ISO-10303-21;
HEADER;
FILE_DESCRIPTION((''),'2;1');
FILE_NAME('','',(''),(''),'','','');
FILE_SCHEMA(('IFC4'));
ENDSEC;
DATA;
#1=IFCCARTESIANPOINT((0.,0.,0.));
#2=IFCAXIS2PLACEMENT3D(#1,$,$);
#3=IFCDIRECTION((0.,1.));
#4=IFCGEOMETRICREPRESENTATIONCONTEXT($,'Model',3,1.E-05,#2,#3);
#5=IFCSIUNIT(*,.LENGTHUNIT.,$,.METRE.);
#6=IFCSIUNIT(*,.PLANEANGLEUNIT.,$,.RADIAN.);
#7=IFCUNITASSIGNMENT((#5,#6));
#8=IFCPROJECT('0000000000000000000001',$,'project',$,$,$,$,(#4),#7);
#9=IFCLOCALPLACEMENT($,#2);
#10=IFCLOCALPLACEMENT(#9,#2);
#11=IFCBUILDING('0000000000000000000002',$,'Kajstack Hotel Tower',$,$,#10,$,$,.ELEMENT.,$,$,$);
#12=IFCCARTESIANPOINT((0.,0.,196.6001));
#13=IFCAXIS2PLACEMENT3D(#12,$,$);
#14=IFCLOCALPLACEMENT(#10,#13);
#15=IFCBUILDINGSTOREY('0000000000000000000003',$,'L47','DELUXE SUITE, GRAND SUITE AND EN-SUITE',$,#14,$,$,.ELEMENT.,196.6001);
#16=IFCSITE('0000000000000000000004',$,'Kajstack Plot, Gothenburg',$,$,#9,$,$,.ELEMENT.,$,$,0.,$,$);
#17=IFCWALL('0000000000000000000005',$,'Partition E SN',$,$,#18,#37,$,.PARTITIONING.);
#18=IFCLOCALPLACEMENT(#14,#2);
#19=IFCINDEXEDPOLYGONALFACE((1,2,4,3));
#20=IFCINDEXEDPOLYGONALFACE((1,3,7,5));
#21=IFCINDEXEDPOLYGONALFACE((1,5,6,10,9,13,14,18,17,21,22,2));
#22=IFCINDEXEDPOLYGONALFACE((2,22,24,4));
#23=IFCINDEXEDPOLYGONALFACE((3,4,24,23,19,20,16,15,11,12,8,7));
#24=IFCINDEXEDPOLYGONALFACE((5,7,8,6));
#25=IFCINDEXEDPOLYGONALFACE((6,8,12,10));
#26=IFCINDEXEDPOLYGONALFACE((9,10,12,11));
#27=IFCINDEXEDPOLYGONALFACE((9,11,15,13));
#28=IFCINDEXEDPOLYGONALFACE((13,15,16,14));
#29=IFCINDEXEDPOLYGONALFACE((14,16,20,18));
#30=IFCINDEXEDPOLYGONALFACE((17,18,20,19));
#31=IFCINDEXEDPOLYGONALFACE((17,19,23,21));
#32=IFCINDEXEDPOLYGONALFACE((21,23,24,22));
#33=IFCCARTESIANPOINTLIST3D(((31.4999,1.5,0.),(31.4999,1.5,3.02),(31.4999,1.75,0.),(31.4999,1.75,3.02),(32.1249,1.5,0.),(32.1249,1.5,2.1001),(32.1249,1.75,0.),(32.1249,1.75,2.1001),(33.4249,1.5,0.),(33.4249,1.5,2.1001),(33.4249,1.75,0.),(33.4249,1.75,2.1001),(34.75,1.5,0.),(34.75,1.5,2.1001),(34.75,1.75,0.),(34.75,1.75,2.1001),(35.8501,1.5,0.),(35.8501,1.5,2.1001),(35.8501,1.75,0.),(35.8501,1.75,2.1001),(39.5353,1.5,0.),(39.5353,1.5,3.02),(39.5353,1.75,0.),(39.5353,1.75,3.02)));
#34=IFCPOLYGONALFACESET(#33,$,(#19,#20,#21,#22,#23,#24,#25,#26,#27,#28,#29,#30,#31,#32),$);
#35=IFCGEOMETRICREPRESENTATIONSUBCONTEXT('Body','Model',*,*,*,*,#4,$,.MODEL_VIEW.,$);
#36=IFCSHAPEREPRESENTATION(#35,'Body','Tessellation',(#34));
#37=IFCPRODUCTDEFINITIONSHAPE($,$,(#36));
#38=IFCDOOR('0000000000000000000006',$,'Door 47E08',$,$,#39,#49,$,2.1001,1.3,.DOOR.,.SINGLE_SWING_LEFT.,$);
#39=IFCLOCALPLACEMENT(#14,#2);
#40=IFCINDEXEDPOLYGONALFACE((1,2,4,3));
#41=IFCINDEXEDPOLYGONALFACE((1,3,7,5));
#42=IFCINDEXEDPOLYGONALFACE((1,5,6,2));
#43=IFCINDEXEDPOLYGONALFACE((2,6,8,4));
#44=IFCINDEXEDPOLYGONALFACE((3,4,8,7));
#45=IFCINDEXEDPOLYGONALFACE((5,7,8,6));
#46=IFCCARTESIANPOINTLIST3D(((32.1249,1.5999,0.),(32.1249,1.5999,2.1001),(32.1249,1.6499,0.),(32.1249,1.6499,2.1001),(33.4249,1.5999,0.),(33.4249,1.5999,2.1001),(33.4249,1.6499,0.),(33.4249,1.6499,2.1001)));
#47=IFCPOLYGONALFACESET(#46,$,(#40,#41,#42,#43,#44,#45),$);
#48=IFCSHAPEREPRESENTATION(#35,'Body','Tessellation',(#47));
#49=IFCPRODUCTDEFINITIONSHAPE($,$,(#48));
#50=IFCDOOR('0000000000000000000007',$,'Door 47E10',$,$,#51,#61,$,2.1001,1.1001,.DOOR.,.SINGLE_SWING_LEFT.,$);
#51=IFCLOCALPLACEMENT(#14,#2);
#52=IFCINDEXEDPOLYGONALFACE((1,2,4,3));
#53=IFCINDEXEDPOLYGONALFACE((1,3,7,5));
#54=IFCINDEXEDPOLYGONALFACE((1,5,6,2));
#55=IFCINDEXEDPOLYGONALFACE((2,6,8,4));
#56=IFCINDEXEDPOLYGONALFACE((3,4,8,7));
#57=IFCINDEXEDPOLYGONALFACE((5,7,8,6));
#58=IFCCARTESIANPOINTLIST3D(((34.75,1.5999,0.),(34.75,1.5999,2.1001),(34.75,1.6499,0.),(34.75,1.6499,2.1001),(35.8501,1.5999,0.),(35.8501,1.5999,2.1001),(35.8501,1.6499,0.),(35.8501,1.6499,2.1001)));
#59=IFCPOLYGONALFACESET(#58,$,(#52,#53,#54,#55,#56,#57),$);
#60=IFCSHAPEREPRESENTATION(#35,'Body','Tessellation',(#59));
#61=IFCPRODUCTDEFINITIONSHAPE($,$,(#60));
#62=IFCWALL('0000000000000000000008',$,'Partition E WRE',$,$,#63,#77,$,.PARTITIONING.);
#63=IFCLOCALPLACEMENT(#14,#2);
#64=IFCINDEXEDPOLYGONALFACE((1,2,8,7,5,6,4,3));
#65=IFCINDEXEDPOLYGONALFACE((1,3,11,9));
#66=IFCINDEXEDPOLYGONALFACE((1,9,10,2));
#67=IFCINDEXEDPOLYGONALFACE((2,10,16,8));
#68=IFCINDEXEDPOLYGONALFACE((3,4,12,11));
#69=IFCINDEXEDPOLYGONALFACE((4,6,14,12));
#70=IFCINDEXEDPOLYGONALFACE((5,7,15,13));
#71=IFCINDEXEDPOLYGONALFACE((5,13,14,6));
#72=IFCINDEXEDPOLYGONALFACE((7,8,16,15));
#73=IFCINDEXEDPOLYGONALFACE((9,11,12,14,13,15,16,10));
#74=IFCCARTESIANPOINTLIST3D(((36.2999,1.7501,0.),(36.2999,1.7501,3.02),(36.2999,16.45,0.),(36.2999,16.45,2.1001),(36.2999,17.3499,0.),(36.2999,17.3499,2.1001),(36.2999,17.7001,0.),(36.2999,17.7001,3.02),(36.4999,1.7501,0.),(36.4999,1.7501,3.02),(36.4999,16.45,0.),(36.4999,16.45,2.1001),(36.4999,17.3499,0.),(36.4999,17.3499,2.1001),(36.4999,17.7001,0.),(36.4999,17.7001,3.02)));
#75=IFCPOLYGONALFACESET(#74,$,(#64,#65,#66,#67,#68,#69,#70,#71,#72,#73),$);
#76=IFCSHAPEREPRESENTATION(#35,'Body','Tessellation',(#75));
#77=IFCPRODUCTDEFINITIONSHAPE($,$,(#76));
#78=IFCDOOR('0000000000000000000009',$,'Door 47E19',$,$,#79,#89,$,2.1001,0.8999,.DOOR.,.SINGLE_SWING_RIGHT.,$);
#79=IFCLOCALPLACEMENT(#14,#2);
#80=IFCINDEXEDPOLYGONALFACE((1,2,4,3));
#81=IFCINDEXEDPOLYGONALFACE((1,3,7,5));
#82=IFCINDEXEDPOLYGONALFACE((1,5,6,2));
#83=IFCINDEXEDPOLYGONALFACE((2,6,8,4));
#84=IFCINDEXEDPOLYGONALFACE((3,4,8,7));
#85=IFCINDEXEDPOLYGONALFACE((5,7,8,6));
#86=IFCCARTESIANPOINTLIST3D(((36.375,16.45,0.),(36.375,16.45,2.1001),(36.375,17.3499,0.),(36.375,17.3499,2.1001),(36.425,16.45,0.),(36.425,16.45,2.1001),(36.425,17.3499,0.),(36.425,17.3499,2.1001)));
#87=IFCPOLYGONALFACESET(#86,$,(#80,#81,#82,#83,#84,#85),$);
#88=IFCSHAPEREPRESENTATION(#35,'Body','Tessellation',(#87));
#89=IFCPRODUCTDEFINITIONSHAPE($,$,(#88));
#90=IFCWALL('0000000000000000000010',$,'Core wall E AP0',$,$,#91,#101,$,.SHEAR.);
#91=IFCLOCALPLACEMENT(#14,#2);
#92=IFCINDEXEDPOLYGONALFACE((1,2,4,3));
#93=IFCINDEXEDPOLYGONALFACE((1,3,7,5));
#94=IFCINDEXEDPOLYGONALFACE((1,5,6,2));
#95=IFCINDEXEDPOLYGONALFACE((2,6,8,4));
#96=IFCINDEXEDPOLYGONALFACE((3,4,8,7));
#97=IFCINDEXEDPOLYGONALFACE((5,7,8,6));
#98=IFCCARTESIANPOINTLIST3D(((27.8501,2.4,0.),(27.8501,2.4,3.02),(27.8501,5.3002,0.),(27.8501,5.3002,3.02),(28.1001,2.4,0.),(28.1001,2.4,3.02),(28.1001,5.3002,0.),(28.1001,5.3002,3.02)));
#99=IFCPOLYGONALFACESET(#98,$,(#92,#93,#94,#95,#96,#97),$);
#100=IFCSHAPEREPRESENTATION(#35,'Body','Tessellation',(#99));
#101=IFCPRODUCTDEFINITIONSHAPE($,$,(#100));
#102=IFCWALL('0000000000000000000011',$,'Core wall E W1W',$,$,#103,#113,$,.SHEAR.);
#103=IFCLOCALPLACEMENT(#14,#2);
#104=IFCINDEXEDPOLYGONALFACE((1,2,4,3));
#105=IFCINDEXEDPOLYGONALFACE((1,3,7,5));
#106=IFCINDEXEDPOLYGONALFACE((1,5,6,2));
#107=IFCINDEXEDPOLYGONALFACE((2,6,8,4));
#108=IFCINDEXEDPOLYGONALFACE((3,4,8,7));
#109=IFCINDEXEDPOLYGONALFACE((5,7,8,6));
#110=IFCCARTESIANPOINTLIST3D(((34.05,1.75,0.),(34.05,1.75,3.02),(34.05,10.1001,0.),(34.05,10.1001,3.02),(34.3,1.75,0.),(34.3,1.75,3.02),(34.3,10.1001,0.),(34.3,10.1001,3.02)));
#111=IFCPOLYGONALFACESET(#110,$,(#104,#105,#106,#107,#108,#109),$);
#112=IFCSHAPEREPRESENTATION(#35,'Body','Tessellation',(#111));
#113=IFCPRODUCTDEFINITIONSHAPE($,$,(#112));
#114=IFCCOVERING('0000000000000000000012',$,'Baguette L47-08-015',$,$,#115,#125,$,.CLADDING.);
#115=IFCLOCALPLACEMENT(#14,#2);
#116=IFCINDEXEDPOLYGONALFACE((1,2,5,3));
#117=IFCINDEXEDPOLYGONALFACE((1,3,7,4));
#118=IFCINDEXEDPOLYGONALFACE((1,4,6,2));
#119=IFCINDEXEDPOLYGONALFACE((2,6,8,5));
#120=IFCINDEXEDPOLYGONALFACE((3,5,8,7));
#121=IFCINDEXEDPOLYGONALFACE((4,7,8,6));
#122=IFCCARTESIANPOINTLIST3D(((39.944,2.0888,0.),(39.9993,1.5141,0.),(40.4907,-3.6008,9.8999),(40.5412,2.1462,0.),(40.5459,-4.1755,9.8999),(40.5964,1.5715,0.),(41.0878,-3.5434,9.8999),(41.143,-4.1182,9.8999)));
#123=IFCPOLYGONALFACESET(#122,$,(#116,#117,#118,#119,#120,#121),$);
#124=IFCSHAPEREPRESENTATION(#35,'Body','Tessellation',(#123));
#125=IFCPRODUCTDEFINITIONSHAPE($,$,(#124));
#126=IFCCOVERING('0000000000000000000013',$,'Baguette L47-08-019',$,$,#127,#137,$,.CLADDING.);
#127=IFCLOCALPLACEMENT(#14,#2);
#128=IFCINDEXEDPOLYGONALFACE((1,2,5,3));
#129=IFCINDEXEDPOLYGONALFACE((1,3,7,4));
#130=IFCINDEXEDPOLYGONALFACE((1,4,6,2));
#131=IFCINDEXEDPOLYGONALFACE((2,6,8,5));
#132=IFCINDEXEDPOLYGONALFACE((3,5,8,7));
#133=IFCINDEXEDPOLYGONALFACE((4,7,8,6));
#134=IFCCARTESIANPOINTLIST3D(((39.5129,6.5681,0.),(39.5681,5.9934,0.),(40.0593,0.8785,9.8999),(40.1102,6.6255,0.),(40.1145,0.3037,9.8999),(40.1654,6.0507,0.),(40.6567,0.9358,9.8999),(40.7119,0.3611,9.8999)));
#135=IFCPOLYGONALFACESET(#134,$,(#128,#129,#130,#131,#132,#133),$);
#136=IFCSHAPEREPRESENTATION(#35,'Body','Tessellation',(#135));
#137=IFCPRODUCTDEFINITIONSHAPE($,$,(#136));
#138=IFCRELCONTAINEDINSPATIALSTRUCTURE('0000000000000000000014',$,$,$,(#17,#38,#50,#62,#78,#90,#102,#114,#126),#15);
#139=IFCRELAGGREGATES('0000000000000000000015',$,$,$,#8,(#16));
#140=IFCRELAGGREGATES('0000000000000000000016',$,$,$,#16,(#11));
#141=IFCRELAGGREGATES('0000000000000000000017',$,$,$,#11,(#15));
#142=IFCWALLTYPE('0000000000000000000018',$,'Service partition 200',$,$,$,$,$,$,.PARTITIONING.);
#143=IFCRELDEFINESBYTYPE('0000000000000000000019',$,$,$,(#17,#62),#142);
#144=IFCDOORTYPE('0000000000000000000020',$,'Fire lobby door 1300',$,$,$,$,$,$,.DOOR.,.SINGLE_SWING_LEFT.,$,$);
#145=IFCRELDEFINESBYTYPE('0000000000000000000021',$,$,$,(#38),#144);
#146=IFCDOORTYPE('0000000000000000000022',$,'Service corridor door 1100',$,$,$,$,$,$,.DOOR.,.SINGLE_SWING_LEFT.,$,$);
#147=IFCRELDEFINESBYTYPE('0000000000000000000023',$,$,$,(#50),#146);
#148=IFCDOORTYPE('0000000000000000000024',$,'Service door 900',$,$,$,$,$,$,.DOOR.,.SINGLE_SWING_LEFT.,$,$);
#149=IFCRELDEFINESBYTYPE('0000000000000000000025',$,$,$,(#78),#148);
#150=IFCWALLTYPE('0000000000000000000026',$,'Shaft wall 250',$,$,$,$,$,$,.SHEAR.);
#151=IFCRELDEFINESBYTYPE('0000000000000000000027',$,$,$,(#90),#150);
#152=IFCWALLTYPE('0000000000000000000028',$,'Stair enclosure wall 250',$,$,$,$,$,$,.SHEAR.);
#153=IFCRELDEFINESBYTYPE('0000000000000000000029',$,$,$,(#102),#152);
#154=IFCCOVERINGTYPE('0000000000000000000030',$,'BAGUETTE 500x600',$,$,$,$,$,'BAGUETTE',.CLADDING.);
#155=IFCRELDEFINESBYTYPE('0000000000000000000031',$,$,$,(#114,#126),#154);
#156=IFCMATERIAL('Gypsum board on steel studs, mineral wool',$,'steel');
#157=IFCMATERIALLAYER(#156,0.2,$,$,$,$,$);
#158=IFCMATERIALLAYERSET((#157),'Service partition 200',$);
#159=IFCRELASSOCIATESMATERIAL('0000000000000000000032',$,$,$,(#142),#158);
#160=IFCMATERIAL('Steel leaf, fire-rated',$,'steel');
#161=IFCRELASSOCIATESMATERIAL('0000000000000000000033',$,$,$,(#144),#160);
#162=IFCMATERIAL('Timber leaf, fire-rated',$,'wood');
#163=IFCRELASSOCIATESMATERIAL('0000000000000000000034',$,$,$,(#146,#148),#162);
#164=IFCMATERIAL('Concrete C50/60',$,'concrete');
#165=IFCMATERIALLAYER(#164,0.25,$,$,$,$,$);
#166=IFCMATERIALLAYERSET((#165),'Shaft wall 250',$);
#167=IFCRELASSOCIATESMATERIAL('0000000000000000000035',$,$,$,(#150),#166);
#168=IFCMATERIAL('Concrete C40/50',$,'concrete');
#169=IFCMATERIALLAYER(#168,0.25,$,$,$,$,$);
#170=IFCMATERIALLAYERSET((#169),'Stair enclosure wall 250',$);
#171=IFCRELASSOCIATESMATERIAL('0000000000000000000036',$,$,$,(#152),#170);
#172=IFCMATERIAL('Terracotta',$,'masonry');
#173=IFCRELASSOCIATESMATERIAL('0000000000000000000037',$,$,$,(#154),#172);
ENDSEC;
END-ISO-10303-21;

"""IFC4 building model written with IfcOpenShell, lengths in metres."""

from ifc_helpers import new_model, si_unit, direction, frame, frame_2d, origin, origin_2d, place, context, subcontext, project, spatial, polyline, rectangle, outline, extrude, material, layer, layer_set, material_profile, profile_set, type_object, element, fill, save


model = new_model("IFC4")

# Units and contexts
model_context = context("Model", 3, precision=1e-05, world=origin(), true_north=direction((0.0, 1.0)))
body_context = subcontext(model_context, "Body", "Model", "MODEL_VIEW")
ifc_project = project(units=[si_unit("LENGTHUNIT", "METRE"), si_unit("PLANEANGLEUNIT", "RADIAN")], contexts=[model_context])

# Site, building, storey
site_placement = place(None, origin())
site = spatial("IfcSite", under=ifc_project, at=site_placement, Name="Kajstack Plot, Gothenburg", CompositionType="ELEMENT", RefElevation=0.0)
building_placement = place(site_placement, origin())
building = spatial("IfcBuilding", under=site, at=building_placement, Name="Kajstack Hotel Tower", CompositionType="ELEMENT")
storey_placement = place(building_placement, frame((0.0, 0.0, 196.6001)))
storey = spatial("IfcBuildingStorey", under=building, at=storey_placement, Name="L47", Description="DELUXE SUITE, GRAND SUITE AND EN-SUITE", CompositionType="ELEMENT", Elevation=196.6001)

# Wall, openings, doors
ifc_material_1 = material(Name="Gypsum board on steel studs, mineral wool", Category="steel")
ifc_layer_1 = layer(ifc_material_1, 0.2)
ifc_layer_set_1 = layer_set([ifc_layer_1], Name="Service partition 200")
wall_type_1 = type_object("IfcWallType", Name="Service partition 200", PredefinedType="PARTITIONING", material=ifc_layer_set_1)
wall_1_placement = place(storey_placement, frame((31.5, 1.625, 0.0), z_axis=(0.0, 0.0, 1.0), x_axis=(1.0, 0.0, 0.0)))
wall_1 = element("IfcWall", 1, at=wall_1_placement, inside=storey, type_object=wall_type_1, Name="Partition E SN", PredefinedType="PARTITIONING", context=body_context, shape_type="SweptSolid", body=[
    extrude(rectangle(XDim=8.0354, YDim=0.25, at=frame_2d((4.0176, 0.0))), origin(), (0.0, 0.0, 1.0), 3.02),
])
opening_1_placement = place(wall_1_placement, frame((0.625, 0.0, 0.0)))
opening_1 = element("IfcOpeningElement", 2, at=opening_1_placement, cuts=wall_1, PredefinedType="OPENING", context=body_context, shape_type="SweptSolid", body=[
    extrude(rectangle(XDim=1.3, YDim=2.1001, at=frame_2d((0.6499, 1.05))), frame((0.0, 0.135, 0.0), z_axis=(0.0, -1.0, 0.0), x_axis=(1.0, 0.0, 0.0)), (0.0, 0.0, 1.0), 0.27),
])
opening_2_placement = place(wall_1_placement, frame((3.25, 0.0, 0.0)))
opening_2 = element("IfcOpeningElement", 3, at=opening_2_placement, cuts=wall_1, PredefinedType="OPENING", context=body_context, shape_type="SweptSolid", body=[
    extrude(rectangle(XDim=1.1001, YDim=2.1001, at=frame_2d((0.55, 1.05))), frame((0.0, 0.135, 0.0), z_axis=(0.0, -1.0, 0.0), x_axis=(1.0, 0.0, 0.0)), (0.0, 0.0, 1.0), 0.27),
])
ifc_material_2 = material(Name="Steel leaf, fire-rated", Category="steel")
door_type_1 = type_object("IfcDoorType", Name="Fire lobby door 1300", OperationType="SINGLE_SWING_LEFT", PredefinedType="DOOR", material=ifc_material_2)
door_1_placement = place(opening_1_placement, origin())
door_1 = element("IfcDoor", 4, at=door_1_placement, inside=storey, type_object=door_type_1, Name="Door 47E08", OperationType="SINGLE_SWING_LEFT", OverallHeight=2.1001, OverallWidth=1.3, PredefinedType="DOOR", context=body_context, shape_type="SweptSolid", body=[
    extrude(rectangle(XDim=1.3, YDim=2.1001, at=frame_2d((0.6499, 1.05))), frame((0.0, 0.0249, 0.0), z_axis=(0.0, -1.0, 0.0), x_axis=(1.0, 0.0, 0.0)), (0.0, 0.0, 1.0), 0.05),
])
fill(opening_1, door_1)
ifc_material_3 = material(Name="Timber leaf, fire-rated", Category="wood")
door_type_2 = type_object("IfcDoorType", Name="Service corridor door 1100", OperationType="SINGLE_SWING_LEFT", PredefinedType="DOOR", material=ifc_material_3)
door_2_placement = place(opening_2_placement, origin())
door_2 = element("IfcDoor", 5, at=door_2_placement, inside=storey, type_object=door_type_2, Name="Door 47E10", OperationType="SINGLE_SWING_LEFT", OverallHeight=2.1001, OverallWidth=1.1001, PredefinedType="DOOR", context=body_context, shape_type="SweptSolid", body=[
    extrude(rectangle(XDim=1.1001, YDim=2.1001, at=frame_2d((0.55, 1.05))), frame((0.0, 0.0249, 0.0), z_axis=(0.0, -1.0, 0.0), x_axis=(1.0, 0.0, 0.0)), (0.0, 0.0, 1.0), 0.05),
])
fill(opening_2, door_2)

# Wall, opening, door
wall_2_placement = place(storey_placement, frame((36.3999, 1.75, 0.0), z_axis=(0.0, 0.0, 1.0), x_axis=(0.0, 1.0, 0.0)))
wall_2 = element("IfcWall", 6, at=wall_2_placement, inside=storey, type_object=wall_type_1, Name="Partition E WRE", PredefinedType="PARTITIONING", context=body_context, shape_type="SweptSolid", body=[
    extrude(rectangle(XDim=15.95, YDim=0.2, at=frame_2d((7.9751, 0.0))), origin(), (0.0, 0.0, 1.0), 3.02),
])
opening_3_placement = place(wall_2_placement, frame((14.7, 0.0, 0.0)))
opening_3 = element("IfcOpeningElement", 7, at=opening_3_placement, cuts=wall_2, PredefinedType="OPENING", context=body_context, shape_type="SweptSolid", body=[
    extrude(rectangle(XDim=0.8999, YDim=2.1001, at=frame_2d((0.45, 1.05))), frame((0.0, 0.1099, 0.0), z_axis=(0.0, -1.0, 0.0), x_axis=(1.0, 0.0, 0.0)), (0.0, 0.0, 1.0), 0.22),
])
door_type_3 = type_object("IfcDoorType", Name="Service door 900", OperationType="SINGLE_SWING_LEFT", PredefinedType="DOOR", material=ifc_material_3)
door_3_placement = place(opening_3_placement, origin())
door_3 = element("IfcDoor", 8, at=door_3_placement, inside=storey, type_object=door_type_3, Name="Door 47E19", OperationType="SINGLE_SWING_RIGHT", OverallHeight=2.1001, OverallWidth=0.8999, PredefinedType="DOOR", context=body_context, shape_type="SweptSolid", body=[
    extrude(rectangle(XDim=0.8999, YDim=2.1001, at=frame_2d((0.45, 1.05))), frame((0.0, 0.0249, 0.0), z_axis=(0.0, -1.0, 0.0), x_axis=(1.0, 0.0, 0.0)), (0.0, 0.0, 1.0), 0.05),
])
fill(opening_3, door_3)

# Walls
ifc_material_4 = material(Name="Concrete C50/60", Category="concrete")
ifc_layer_2 = layer(ifc_material_4, 0.25)
ifc_layer_set_2 = layer_set([ifc_layer_2], Name="Shaft wall 250")
wall_type_2 = type_object("IfcWallType", Name="Shaft wall 250", PredefinedType="SHEAR", material=ifc_layer_set_2)
wall_3_placement = place(storey_placement, frame((27.9751, 2.3999, 0.0), z_axis=(0.0, 0.0, 1.0), x_axis=(0.0, 1.0, 0.0)))
element("IfcWall", 9, at=wall_3_placement, inside=storey, type_object=wall_type_2, Name="Core wall E AP0", PredefinedType="SHEAR", context=body_context, shape_type="SweptSolid", body=[
    extrude(rectangle(XDim=2.9001, YDim=0.25, at=frame_2d((1.4502, 0.0))), origin(), (0.0, 0.0, 1.0), 3.02),
])
ifc_material_5 = material(Name="Concrete C40/50", Category="concrete")
ifc_layer_3 = layer(ifc_material_5, 0.25)
ifc_layer_set_3 = layer_set([ifc_layer_3], Name="Stair enclosure wall 250")
wall_type_3 = type_object("IfcWallType", Name="Stair enclosure wall 250", PredefinedType="SHEAR", material=ifc_layer_set_3)
wall_4_placement = place(storey_placement, frame((34.175, 1.75, 0.0), z_axis=(0.0, 0.0, 1.0), x_axis=(0.0, 1.0, 0.0)))
element("IfcWall", 10, at=wall_4_placement, inside=storey, type_object=wall_type_3, Name="Core wall E W1W", PredefinedType="SHEAR", context=body_context, shape_type="SweptSolid", body=[
    extrude(rectangle(XDim=8.3501, YDim=0.25, at=frame_2d((4.175, 0.0))), origin(), (0.0, 0.0, 1.0), 3.02),
])

# Coverings
ifc_material_6 = material(Name="Terracotta", Category="masonry")
ifc_material_profile = material_profile(ifc_material_6, rectangle(XDim=0.6001, YDim=0.5, at=origin_2d()), Name="Terracotta-clad concrete baguette 500 x 600")
ifc_profile_set = profile_set([ifc_material_profile], Name="Terracotta")
covering_type = type_object("IfcCoveringType", Name="BAGUETTE 500x600", ElementType="BAGUETTE", PredefinedType="CLADDING", material=ifc_profile_set)
covering_1_placement = place(storey_placement, frame((40.5459, -4.1755, 0.0), z_axis=(0.995416, 0.095635, 0.0), x_axis=(-0.095635, 0.995416, 0.0)))
element("IfcCovering", 11, at=covering_1_placement, inside=storey, type_object=covering_type, Name="Baguette L47-08-015", PredefinedType="CLADDING", context=body_context, shape_type="SweptSolid", body=[
    extrude(outline(polyline([(0.0, 9.8999), (5.7158, 0.0), (6.2932, 0.0), (0.5774, 9.8999), (0.0, 9.8999)])), origin(), (0.0, 0.0, 1.0), 0.5999),
])
covering_2_placement = place(storey_placement, frame((40.1145, 0.3037, 0.0), z_axis=(0.99542, 0.095596, 0.0), x_axis=(-0.095596, 0.99542, 0.0)))
element("IfcCovering", 12, at=covering_2_placement, inside=storey, type_object=covering_type, Name="Baguette L47-08-019", PredefinedType="CLADDING", context=body_context, shape_type="SweptSolid", body=[
    extrude(outline(polyline([(0.0, 9.8999), (5.7158, 0.0), (6.2932, 0.0), (0.5774, 9.8999), (0.0, 9.8999)])), origin(), (0.0, 0.0, 1.0), 0.6001),
])

save(model, "model.ifc")
